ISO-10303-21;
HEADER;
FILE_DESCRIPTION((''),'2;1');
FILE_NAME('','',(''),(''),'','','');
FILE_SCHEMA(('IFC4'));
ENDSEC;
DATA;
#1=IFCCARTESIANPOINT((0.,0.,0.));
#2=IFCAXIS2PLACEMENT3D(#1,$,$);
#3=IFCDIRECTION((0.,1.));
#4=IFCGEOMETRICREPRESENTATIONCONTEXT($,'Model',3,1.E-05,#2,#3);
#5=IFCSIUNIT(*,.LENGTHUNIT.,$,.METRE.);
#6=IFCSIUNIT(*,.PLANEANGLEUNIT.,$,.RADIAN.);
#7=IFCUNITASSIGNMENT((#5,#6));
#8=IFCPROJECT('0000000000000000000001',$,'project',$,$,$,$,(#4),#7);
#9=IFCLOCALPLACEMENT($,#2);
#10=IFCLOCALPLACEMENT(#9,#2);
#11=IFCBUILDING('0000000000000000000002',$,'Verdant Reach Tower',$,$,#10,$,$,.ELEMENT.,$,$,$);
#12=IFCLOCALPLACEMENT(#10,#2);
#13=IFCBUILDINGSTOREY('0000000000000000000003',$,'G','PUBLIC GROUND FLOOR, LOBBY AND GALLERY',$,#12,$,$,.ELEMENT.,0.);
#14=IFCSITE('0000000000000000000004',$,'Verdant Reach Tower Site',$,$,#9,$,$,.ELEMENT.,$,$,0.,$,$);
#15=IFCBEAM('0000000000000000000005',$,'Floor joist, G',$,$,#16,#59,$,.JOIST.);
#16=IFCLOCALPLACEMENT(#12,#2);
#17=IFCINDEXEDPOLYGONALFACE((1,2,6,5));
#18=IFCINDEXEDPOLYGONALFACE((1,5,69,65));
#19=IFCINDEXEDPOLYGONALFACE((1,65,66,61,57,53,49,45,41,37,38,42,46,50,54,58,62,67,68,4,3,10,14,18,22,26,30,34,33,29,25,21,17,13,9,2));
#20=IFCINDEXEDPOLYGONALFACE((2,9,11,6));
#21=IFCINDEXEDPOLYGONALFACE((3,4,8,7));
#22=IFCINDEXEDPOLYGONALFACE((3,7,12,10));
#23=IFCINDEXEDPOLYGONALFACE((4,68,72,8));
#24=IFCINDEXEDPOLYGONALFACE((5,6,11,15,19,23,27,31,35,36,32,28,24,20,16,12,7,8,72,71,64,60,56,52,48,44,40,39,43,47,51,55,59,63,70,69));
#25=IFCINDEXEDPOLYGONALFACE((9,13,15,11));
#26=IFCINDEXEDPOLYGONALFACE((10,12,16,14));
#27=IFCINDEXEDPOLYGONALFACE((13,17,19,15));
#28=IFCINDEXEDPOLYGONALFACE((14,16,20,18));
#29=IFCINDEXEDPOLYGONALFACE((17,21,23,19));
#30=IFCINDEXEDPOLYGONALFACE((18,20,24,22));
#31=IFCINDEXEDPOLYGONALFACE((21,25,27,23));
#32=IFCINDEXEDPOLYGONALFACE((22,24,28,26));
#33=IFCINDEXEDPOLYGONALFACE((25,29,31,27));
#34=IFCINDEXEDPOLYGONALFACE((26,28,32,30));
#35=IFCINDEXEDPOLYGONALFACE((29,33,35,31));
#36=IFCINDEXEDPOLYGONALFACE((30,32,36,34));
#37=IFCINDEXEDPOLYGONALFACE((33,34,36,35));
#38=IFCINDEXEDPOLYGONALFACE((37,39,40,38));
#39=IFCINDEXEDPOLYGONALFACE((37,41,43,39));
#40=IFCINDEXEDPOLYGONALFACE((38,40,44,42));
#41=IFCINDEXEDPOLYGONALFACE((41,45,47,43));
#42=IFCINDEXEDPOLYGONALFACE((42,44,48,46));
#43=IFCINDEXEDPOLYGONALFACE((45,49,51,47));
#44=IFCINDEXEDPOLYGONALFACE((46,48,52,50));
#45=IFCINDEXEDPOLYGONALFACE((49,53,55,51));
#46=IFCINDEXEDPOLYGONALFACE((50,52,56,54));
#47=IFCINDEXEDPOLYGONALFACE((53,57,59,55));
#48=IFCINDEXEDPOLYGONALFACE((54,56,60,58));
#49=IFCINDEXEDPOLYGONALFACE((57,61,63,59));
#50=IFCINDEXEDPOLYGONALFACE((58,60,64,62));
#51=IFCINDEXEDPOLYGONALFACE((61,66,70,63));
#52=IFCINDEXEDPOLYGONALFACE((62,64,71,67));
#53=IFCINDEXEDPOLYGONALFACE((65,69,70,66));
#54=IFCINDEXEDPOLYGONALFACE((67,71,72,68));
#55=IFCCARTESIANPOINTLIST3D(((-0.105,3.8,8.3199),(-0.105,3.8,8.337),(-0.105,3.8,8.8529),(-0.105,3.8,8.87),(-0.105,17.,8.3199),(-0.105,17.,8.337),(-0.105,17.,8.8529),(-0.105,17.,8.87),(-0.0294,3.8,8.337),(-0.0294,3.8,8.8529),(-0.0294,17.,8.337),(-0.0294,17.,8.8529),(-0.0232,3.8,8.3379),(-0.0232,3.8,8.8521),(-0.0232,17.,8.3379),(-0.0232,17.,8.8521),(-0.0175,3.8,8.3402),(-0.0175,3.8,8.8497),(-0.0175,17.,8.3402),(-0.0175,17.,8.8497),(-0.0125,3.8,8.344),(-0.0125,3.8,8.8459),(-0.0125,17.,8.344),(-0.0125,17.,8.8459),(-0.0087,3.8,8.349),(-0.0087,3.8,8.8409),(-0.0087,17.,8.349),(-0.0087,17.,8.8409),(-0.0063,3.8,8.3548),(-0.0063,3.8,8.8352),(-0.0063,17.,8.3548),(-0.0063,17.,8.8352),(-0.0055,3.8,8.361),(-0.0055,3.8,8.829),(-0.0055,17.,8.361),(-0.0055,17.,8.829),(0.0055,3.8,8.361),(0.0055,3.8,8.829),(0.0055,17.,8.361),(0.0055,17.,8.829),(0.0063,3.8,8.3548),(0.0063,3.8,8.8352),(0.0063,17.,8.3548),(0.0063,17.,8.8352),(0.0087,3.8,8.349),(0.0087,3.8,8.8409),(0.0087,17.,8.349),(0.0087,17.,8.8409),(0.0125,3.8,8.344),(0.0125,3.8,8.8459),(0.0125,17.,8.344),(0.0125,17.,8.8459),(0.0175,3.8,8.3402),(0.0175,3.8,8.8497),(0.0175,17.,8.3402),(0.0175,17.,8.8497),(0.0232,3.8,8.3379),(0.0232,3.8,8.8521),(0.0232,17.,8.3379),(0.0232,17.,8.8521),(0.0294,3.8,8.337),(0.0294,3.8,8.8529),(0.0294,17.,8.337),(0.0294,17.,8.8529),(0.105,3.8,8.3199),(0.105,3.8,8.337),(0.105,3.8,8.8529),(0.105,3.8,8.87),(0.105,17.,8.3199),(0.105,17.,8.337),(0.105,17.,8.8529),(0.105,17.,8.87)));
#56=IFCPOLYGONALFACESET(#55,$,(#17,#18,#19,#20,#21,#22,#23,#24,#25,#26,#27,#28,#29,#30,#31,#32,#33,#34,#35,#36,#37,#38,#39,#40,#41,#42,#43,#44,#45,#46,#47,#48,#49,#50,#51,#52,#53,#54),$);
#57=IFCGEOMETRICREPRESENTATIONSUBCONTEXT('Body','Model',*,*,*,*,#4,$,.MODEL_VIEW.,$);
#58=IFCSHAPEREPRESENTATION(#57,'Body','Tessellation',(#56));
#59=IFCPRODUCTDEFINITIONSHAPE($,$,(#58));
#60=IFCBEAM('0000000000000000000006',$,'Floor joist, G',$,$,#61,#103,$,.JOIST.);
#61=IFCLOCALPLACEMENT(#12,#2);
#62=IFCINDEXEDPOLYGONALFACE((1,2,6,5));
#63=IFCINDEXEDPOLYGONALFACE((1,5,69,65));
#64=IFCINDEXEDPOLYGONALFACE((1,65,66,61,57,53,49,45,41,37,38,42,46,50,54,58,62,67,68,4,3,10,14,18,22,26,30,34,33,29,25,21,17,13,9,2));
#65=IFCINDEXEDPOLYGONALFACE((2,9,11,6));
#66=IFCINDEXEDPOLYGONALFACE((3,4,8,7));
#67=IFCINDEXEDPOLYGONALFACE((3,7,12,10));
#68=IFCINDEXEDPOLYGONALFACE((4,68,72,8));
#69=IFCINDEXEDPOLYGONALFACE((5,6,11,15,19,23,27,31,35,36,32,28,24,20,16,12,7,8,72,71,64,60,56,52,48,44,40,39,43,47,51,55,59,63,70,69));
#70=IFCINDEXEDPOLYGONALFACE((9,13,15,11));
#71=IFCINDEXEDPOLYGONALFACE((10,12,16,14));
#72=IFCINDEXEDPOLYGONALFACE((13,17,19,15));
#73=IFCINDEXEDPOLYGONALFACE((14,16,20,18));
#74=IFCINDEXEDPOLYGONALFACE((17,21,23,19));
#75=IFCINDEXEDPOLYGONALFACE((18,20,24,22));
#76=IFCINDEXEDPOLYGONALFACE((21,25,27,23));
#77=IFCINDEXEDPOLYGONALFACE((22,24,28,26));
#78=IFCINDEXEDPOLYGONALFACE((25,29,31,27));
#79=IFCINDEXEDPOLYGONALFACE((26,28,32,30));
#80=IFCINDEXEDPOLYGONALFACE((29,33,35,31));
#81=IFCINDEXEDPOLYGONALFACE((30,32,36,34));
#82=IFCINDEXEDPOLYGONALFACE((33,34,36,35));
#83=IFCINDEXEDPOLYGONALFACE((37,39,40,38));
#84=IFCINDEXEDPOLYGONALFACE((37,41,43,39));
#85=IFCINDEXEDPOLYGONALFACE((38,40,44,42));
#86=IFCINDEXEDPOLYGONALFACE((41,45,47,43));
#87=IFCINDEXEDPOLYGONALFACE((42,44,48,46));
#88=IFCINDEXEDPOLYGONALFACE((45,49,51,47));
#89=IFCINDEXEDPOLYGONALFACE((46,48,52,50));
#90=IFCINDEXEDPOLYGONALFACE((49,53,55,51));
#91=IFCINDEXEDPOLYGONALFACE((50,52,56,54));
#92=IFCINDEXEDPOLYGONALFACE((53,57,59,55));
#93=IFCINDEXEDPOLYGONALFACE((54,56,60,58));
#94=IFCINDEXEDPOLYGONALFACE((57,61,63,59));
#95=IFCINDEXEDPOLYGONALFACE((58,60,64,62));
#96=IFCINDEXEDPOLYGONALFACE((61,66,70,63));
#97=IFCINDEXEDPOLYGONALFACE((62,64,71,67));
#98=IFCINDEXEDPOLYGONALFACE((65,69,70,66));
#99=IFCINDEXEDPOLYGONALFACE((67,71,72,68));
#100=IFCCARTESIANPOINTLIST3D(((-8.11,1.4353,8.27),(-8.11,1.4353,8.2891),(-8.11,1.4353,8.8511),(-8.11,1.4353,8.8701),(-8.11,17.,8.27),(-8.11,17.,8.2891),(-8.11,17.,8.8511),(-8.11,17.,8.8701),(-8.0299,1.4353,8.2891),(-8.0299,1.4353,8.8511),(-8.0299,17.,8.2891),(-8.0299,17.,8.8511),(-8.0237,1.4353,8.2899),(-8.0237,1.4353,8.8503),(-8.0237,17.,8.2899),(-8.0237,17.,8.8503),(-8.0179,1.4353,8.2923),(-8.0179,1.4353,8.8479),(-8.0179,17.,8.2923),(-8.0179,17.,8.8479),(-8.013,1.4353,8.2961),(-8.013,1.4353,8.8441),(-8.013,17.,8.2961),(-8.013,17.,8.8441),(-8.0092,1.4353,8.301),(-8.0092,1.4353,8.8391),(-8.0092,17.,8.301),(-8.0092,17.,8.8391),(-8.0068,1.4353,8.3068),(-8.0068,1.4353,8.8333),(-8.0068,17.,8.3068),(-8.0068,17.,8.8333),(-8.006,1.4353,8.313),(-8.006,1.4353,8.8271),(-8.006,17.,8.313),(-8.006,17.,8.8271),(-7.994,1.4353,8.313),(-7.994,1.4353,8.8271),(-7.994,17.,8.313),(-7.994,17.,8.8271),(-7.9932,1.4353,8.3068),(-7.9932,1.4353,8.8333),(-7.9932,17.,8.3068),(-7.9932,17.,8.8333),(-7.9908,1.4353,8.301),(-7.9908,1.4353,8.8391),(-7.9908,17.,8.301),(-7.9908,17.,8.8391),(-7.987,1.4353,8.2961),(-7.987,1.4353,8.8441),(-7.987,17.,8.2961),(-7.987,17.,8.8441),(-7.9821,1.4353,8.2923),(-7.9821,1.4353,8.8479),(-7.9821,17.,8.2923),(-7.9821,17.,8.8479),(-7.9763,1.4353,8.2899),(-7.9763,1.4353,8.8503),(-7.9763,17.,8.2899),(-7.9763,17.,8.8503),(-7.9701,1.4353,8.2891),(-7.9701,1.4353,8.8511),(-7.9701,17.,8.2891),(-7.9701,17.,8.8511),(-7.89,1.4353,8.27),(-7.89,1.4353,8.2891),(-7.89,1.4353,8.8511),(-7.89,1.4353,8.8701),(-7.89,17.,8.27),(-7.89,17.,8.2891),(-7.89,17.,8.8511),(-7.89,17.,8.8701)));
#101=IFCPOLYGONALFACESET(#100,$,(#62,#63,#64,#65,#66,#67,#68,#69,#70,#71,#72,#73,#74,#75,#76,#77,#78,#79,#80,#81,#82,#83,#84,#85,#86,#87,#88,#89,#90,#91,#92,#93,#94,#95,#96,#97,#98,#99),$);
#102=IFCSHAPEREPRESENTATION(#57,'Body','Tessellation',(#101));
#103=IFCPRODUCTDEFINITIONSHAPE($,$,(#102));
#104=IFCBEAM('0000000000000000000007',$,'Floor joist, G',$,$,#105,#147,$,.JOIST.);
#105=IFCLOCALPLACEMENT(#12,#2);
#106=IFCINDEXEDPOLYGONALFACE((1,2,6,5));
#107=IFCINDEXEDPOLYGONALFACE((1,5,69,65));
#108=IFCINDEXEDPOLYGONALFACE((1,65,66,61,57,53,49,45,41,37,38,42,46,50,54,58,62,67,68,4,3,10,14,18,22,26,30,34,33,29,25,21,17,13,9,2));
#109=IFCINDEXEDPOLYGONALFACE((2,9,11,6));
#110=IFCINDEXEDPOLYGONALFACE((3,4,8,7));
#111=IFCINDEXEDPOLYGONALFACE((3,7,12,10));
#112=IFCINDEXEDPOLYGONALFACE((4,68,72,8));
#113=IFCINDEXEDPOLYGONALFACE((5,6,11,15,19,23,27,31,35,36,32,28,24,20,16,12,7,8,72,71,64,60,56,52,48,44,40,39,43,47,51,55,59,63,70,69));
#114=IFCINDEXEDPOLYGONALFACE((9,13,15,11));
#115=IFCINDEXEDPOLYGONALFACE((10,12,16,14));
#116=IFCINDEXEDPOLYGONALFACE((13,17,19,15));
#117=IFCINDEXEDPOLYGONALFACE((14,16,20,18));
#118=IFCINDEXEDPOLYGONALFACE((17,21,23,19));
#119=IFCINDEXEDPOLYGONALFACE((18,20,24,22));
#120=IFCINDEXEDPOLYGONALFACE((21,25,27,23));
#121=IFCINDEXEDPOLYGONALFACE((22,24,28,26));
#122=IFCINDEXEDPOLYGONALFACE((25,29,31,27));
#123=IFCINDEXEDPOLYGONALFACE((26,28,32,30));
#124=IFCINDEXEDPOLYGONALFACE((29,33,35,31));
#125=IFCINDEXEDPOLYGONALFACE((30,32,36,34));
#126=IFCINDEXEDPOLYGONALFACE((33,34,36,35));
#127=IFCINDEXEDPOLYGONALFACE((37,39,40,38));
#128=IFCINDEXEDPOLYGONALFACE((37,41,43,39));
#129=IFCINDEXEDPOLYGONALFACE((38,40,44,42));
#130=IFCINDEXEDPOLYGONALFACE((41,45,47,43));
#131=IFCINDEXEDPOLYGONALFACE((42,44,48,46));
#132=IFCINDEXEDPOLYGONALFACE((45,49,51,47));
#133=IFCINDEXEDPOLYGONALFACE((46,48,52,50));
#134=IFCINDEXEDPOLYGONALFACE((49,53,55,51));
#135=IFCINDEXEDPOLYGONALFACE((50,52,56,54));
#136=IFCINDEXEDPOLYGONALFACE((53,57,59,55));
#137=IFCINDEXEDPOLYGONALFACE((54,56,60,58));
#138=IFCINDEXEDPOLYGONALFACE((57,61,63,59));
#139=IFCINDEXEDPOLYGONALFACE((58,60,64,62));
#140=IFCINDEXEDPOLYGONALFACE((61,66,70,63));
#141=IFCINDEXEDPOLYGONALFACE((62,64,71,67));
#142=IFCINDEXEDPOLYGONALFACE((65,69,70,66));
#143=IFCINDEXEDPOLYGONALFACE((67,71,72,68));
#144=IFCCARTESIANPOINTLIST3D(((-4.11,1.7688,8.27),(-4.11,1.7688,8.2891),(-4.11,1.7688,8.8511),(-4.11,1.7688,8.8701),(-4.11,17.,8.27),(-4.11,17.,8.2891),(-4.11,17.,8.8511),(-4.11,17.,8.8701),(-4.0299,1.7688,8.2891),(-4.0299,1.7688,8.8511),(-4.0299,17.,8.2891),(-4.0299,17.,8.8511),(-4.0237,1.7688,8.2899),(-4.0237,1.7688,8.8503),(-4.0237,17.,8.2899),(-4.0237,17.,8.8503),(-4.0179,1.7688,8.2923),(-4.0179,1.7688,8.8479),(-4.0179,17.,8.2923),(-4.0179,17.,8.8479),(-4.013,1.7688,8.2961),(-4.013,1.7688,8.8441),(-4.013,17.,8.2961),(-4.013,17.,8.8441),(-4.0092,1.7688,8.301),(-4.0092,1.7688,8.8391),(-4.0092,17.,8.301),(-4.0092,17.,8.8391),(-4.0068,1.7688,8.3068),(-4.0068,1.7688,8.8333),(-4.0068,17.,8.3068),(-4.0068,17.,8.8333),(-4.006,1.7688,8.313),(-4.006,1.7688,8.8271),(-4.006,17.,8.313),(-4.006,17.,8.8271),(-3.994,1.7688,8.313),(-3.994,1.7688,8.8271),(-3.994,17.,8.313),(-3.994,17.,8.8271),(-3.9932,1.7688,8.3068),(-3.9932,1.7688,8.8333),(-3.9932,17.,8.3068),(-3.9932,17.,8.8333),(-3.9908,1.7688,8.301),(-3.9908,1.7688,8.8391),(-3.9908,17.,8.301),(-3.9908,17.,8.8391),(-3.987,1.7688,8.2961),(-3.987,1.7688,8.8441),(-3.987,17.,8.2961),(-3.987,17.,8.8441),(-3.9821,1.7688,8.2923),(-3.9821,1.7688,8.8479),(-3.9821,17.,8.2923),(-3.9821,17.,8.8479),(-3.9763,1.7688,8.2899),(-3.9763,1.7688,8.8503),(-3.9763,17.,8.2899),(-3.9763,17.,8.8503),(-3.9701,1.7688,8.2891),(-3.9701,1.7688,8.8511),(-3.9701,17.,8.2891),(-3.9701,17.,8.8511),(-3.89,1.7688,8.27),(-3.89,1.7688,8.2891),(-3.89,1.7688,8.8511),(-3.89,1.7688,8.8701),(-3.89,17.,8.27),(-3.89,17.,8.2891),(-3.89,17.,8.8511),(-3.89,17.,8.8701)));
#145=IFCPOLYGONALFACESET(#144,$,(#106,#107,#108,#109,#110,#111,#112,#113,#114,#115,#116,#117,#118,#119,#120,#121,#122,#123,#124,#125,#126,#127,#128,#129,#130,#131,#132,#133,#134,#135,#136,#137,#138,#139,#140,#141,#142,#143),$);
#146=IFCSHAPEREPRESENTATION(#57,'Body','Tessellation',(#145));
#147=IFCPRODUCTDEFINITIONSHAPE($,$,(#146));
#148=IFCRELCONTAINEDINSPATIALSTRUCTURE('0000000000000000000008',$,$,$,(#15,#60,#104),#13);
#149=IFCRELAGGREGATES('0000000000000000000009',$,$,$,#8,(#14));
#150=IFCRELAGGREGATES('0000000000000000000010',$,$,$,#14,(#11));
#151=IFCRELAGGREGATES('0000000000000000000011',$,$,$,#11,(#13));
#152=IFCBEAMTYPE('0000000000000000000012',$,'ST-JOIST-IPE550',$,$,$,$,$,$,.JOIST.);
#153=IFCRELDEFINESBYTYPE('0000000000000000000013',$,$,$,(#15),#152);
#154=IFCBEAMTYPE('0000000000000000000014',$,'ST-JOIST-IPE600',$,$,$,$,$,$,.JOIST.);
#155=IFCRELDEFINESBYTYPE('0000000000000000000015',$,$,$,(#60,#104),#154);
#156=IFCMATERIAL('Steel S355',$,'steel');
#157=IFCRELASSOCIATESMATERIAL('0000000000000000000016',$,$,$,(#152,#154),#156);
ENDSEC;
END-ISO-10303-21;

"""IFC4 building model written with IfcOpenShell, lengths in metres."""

from ifc_helpers import new_model, si_unit, direction, frame, origin, origin_2d, place, context, subcontext, project, spatial, i_section, extrude, material, material_profile, profile_set, type_object, element, save


model = new_model("IFC4")

# Units and contexts
model_context = context("Model", 3, precision=1e-05, world=origin(), true_north=direction((0.0, 1.0)))
body_context = subcontext(model_context, "Body", "Model", "MODEL_VIEW")
ifc_project = project(units=[si_unit("LENGTHUNIT", "METRE"), si_unit("PLANEANGLEUNIT", "RADIAN")], contexts=[model_context])

# Site, building, storey
site_placement = place(None, origin())
site = spatial("IfcSite", under=ifc_project, at=site_placement, Name="Verdant Reach Tower Site", CompositionType="ELEMENT", RefElevation=0.0)
building_placement = place(site_placement, origin())
building = spatial("IfcBuilding", under=site, at=building_placement, Name="Verdant Reach Tower", CompositionType="ELEMENT")
storey_placement = place(building_placement, origin())
storey = spatial("IfcBuildingStorey", under=building, at=storey_placement, Name="G", Description="PUBLIC GROUND FLOOR, LOBBY AND GALLERY", CompositionType="ELEMENT", Elevation=0.0)

# Beams
ifc_material_1 = material(Name="Steel S355", Category="steel")
ifc_material_profile_1 = material_profile(ifc_material_1, i_section(OverallWidth=0.21, OverallDepth=0.55, WebThickness=0.011, FlangeThickness=0.0171, FilletRadius=0.0239, at=origin_2d()), Name="IPE 550")
ifc_profile_set_1 = profile_set([ifc_material_profile_1], Name="Steel S355")
beam_type_1 = type_object("IfcBeamType", Name="ST-JOIST-IPE550", PredefinedType="JOIST", material=ifc_profile_set_1)
beam_1_placement = place(storey_placement, frame((0.0, 17.0, 8.595), z_axis=(0.0, -1.0, 0.0), x_axis=(1.0, 0.0, 0.0)))
element("IfcBeam", 1, at=beam_1_placement, inside=storey, type_object=beam_type_1, Name="Floor joist, G", PredefinedType="JOIST", context=body_context, shape_type="SweptSolid", body=[
    extrude(i_section(OverallWidth=0.21, OverallDepth=0.55, WebThickness=0.011, FlangeThickness=0.0171, FilletRadius=0.0239, at=origin_2d()), origin(), (0.0, 0.0, 1.0), 13.2),
])
ifc_material_profile_2 = material_profile(ifc_material_1, i_section(OverallWidth=0.22, OverallDepth=0.6001, WebThickness=0.012, FlangeThickness=0.019, FilletRadius=0.0239, at=origin_2d()), Name="IPE 600")
ifc_profile_set_2 = profile_set([ifc_material_profile_2], Name="Steel S355")
beam_type_2 = type_object("IfcBeamType", Name="ST-JOIST-IPE600", PredefinedType="JOIST", material=ifc_profile_set_2)
beam_2_placement = place(storey_placement, frame((-8.0, 17.0, 8.5701), z_axis=(0.0, -1.0, 0.0), x_axis=(1.0, 0.0, 0.0)))
element("IfcBeam", 2, at=beam_2_placement, inside=storey, type_object=beam_type_2, Name="Floor joist, G", PredefinedType="JOIST", context=body_context, shape_type="SweptSolid", body=[
    extrude(i_section(OverallWidth=0.22, OverallDepth=0.6001, WebThickness=0.012, FlangeThickness=0.019, FilletRadius=0.0239, at=origin_2d()), origin(), (0.0, 0.0, 1.0), 15.5647),
])
beam_3_placement = place(storey_placement, frame((-4.0, 17.0, 8.5701), z_axis=(0.0, -1.0, 0.0), x_axis=(1.0, 0.0, 0.0)))
element("IfcBeam", 3, at=beam_3_placement, inside=storey, type_object=beam_type_2, Name="Floor joist, G", PredefinedType="JOIST", context=body_context, shape_type="SweptSolid", body=[
    extrude(i_section(OverallWidth=0.22, OverallDepth=0.6001, WebThickness=0.012, FlangeThickness=0.019, FilletRadius=0.0239, at=origin_2d()), origin(), (0.0, 0.0, 1.0), 15.2312),
])

save(model, "model.ifc")
